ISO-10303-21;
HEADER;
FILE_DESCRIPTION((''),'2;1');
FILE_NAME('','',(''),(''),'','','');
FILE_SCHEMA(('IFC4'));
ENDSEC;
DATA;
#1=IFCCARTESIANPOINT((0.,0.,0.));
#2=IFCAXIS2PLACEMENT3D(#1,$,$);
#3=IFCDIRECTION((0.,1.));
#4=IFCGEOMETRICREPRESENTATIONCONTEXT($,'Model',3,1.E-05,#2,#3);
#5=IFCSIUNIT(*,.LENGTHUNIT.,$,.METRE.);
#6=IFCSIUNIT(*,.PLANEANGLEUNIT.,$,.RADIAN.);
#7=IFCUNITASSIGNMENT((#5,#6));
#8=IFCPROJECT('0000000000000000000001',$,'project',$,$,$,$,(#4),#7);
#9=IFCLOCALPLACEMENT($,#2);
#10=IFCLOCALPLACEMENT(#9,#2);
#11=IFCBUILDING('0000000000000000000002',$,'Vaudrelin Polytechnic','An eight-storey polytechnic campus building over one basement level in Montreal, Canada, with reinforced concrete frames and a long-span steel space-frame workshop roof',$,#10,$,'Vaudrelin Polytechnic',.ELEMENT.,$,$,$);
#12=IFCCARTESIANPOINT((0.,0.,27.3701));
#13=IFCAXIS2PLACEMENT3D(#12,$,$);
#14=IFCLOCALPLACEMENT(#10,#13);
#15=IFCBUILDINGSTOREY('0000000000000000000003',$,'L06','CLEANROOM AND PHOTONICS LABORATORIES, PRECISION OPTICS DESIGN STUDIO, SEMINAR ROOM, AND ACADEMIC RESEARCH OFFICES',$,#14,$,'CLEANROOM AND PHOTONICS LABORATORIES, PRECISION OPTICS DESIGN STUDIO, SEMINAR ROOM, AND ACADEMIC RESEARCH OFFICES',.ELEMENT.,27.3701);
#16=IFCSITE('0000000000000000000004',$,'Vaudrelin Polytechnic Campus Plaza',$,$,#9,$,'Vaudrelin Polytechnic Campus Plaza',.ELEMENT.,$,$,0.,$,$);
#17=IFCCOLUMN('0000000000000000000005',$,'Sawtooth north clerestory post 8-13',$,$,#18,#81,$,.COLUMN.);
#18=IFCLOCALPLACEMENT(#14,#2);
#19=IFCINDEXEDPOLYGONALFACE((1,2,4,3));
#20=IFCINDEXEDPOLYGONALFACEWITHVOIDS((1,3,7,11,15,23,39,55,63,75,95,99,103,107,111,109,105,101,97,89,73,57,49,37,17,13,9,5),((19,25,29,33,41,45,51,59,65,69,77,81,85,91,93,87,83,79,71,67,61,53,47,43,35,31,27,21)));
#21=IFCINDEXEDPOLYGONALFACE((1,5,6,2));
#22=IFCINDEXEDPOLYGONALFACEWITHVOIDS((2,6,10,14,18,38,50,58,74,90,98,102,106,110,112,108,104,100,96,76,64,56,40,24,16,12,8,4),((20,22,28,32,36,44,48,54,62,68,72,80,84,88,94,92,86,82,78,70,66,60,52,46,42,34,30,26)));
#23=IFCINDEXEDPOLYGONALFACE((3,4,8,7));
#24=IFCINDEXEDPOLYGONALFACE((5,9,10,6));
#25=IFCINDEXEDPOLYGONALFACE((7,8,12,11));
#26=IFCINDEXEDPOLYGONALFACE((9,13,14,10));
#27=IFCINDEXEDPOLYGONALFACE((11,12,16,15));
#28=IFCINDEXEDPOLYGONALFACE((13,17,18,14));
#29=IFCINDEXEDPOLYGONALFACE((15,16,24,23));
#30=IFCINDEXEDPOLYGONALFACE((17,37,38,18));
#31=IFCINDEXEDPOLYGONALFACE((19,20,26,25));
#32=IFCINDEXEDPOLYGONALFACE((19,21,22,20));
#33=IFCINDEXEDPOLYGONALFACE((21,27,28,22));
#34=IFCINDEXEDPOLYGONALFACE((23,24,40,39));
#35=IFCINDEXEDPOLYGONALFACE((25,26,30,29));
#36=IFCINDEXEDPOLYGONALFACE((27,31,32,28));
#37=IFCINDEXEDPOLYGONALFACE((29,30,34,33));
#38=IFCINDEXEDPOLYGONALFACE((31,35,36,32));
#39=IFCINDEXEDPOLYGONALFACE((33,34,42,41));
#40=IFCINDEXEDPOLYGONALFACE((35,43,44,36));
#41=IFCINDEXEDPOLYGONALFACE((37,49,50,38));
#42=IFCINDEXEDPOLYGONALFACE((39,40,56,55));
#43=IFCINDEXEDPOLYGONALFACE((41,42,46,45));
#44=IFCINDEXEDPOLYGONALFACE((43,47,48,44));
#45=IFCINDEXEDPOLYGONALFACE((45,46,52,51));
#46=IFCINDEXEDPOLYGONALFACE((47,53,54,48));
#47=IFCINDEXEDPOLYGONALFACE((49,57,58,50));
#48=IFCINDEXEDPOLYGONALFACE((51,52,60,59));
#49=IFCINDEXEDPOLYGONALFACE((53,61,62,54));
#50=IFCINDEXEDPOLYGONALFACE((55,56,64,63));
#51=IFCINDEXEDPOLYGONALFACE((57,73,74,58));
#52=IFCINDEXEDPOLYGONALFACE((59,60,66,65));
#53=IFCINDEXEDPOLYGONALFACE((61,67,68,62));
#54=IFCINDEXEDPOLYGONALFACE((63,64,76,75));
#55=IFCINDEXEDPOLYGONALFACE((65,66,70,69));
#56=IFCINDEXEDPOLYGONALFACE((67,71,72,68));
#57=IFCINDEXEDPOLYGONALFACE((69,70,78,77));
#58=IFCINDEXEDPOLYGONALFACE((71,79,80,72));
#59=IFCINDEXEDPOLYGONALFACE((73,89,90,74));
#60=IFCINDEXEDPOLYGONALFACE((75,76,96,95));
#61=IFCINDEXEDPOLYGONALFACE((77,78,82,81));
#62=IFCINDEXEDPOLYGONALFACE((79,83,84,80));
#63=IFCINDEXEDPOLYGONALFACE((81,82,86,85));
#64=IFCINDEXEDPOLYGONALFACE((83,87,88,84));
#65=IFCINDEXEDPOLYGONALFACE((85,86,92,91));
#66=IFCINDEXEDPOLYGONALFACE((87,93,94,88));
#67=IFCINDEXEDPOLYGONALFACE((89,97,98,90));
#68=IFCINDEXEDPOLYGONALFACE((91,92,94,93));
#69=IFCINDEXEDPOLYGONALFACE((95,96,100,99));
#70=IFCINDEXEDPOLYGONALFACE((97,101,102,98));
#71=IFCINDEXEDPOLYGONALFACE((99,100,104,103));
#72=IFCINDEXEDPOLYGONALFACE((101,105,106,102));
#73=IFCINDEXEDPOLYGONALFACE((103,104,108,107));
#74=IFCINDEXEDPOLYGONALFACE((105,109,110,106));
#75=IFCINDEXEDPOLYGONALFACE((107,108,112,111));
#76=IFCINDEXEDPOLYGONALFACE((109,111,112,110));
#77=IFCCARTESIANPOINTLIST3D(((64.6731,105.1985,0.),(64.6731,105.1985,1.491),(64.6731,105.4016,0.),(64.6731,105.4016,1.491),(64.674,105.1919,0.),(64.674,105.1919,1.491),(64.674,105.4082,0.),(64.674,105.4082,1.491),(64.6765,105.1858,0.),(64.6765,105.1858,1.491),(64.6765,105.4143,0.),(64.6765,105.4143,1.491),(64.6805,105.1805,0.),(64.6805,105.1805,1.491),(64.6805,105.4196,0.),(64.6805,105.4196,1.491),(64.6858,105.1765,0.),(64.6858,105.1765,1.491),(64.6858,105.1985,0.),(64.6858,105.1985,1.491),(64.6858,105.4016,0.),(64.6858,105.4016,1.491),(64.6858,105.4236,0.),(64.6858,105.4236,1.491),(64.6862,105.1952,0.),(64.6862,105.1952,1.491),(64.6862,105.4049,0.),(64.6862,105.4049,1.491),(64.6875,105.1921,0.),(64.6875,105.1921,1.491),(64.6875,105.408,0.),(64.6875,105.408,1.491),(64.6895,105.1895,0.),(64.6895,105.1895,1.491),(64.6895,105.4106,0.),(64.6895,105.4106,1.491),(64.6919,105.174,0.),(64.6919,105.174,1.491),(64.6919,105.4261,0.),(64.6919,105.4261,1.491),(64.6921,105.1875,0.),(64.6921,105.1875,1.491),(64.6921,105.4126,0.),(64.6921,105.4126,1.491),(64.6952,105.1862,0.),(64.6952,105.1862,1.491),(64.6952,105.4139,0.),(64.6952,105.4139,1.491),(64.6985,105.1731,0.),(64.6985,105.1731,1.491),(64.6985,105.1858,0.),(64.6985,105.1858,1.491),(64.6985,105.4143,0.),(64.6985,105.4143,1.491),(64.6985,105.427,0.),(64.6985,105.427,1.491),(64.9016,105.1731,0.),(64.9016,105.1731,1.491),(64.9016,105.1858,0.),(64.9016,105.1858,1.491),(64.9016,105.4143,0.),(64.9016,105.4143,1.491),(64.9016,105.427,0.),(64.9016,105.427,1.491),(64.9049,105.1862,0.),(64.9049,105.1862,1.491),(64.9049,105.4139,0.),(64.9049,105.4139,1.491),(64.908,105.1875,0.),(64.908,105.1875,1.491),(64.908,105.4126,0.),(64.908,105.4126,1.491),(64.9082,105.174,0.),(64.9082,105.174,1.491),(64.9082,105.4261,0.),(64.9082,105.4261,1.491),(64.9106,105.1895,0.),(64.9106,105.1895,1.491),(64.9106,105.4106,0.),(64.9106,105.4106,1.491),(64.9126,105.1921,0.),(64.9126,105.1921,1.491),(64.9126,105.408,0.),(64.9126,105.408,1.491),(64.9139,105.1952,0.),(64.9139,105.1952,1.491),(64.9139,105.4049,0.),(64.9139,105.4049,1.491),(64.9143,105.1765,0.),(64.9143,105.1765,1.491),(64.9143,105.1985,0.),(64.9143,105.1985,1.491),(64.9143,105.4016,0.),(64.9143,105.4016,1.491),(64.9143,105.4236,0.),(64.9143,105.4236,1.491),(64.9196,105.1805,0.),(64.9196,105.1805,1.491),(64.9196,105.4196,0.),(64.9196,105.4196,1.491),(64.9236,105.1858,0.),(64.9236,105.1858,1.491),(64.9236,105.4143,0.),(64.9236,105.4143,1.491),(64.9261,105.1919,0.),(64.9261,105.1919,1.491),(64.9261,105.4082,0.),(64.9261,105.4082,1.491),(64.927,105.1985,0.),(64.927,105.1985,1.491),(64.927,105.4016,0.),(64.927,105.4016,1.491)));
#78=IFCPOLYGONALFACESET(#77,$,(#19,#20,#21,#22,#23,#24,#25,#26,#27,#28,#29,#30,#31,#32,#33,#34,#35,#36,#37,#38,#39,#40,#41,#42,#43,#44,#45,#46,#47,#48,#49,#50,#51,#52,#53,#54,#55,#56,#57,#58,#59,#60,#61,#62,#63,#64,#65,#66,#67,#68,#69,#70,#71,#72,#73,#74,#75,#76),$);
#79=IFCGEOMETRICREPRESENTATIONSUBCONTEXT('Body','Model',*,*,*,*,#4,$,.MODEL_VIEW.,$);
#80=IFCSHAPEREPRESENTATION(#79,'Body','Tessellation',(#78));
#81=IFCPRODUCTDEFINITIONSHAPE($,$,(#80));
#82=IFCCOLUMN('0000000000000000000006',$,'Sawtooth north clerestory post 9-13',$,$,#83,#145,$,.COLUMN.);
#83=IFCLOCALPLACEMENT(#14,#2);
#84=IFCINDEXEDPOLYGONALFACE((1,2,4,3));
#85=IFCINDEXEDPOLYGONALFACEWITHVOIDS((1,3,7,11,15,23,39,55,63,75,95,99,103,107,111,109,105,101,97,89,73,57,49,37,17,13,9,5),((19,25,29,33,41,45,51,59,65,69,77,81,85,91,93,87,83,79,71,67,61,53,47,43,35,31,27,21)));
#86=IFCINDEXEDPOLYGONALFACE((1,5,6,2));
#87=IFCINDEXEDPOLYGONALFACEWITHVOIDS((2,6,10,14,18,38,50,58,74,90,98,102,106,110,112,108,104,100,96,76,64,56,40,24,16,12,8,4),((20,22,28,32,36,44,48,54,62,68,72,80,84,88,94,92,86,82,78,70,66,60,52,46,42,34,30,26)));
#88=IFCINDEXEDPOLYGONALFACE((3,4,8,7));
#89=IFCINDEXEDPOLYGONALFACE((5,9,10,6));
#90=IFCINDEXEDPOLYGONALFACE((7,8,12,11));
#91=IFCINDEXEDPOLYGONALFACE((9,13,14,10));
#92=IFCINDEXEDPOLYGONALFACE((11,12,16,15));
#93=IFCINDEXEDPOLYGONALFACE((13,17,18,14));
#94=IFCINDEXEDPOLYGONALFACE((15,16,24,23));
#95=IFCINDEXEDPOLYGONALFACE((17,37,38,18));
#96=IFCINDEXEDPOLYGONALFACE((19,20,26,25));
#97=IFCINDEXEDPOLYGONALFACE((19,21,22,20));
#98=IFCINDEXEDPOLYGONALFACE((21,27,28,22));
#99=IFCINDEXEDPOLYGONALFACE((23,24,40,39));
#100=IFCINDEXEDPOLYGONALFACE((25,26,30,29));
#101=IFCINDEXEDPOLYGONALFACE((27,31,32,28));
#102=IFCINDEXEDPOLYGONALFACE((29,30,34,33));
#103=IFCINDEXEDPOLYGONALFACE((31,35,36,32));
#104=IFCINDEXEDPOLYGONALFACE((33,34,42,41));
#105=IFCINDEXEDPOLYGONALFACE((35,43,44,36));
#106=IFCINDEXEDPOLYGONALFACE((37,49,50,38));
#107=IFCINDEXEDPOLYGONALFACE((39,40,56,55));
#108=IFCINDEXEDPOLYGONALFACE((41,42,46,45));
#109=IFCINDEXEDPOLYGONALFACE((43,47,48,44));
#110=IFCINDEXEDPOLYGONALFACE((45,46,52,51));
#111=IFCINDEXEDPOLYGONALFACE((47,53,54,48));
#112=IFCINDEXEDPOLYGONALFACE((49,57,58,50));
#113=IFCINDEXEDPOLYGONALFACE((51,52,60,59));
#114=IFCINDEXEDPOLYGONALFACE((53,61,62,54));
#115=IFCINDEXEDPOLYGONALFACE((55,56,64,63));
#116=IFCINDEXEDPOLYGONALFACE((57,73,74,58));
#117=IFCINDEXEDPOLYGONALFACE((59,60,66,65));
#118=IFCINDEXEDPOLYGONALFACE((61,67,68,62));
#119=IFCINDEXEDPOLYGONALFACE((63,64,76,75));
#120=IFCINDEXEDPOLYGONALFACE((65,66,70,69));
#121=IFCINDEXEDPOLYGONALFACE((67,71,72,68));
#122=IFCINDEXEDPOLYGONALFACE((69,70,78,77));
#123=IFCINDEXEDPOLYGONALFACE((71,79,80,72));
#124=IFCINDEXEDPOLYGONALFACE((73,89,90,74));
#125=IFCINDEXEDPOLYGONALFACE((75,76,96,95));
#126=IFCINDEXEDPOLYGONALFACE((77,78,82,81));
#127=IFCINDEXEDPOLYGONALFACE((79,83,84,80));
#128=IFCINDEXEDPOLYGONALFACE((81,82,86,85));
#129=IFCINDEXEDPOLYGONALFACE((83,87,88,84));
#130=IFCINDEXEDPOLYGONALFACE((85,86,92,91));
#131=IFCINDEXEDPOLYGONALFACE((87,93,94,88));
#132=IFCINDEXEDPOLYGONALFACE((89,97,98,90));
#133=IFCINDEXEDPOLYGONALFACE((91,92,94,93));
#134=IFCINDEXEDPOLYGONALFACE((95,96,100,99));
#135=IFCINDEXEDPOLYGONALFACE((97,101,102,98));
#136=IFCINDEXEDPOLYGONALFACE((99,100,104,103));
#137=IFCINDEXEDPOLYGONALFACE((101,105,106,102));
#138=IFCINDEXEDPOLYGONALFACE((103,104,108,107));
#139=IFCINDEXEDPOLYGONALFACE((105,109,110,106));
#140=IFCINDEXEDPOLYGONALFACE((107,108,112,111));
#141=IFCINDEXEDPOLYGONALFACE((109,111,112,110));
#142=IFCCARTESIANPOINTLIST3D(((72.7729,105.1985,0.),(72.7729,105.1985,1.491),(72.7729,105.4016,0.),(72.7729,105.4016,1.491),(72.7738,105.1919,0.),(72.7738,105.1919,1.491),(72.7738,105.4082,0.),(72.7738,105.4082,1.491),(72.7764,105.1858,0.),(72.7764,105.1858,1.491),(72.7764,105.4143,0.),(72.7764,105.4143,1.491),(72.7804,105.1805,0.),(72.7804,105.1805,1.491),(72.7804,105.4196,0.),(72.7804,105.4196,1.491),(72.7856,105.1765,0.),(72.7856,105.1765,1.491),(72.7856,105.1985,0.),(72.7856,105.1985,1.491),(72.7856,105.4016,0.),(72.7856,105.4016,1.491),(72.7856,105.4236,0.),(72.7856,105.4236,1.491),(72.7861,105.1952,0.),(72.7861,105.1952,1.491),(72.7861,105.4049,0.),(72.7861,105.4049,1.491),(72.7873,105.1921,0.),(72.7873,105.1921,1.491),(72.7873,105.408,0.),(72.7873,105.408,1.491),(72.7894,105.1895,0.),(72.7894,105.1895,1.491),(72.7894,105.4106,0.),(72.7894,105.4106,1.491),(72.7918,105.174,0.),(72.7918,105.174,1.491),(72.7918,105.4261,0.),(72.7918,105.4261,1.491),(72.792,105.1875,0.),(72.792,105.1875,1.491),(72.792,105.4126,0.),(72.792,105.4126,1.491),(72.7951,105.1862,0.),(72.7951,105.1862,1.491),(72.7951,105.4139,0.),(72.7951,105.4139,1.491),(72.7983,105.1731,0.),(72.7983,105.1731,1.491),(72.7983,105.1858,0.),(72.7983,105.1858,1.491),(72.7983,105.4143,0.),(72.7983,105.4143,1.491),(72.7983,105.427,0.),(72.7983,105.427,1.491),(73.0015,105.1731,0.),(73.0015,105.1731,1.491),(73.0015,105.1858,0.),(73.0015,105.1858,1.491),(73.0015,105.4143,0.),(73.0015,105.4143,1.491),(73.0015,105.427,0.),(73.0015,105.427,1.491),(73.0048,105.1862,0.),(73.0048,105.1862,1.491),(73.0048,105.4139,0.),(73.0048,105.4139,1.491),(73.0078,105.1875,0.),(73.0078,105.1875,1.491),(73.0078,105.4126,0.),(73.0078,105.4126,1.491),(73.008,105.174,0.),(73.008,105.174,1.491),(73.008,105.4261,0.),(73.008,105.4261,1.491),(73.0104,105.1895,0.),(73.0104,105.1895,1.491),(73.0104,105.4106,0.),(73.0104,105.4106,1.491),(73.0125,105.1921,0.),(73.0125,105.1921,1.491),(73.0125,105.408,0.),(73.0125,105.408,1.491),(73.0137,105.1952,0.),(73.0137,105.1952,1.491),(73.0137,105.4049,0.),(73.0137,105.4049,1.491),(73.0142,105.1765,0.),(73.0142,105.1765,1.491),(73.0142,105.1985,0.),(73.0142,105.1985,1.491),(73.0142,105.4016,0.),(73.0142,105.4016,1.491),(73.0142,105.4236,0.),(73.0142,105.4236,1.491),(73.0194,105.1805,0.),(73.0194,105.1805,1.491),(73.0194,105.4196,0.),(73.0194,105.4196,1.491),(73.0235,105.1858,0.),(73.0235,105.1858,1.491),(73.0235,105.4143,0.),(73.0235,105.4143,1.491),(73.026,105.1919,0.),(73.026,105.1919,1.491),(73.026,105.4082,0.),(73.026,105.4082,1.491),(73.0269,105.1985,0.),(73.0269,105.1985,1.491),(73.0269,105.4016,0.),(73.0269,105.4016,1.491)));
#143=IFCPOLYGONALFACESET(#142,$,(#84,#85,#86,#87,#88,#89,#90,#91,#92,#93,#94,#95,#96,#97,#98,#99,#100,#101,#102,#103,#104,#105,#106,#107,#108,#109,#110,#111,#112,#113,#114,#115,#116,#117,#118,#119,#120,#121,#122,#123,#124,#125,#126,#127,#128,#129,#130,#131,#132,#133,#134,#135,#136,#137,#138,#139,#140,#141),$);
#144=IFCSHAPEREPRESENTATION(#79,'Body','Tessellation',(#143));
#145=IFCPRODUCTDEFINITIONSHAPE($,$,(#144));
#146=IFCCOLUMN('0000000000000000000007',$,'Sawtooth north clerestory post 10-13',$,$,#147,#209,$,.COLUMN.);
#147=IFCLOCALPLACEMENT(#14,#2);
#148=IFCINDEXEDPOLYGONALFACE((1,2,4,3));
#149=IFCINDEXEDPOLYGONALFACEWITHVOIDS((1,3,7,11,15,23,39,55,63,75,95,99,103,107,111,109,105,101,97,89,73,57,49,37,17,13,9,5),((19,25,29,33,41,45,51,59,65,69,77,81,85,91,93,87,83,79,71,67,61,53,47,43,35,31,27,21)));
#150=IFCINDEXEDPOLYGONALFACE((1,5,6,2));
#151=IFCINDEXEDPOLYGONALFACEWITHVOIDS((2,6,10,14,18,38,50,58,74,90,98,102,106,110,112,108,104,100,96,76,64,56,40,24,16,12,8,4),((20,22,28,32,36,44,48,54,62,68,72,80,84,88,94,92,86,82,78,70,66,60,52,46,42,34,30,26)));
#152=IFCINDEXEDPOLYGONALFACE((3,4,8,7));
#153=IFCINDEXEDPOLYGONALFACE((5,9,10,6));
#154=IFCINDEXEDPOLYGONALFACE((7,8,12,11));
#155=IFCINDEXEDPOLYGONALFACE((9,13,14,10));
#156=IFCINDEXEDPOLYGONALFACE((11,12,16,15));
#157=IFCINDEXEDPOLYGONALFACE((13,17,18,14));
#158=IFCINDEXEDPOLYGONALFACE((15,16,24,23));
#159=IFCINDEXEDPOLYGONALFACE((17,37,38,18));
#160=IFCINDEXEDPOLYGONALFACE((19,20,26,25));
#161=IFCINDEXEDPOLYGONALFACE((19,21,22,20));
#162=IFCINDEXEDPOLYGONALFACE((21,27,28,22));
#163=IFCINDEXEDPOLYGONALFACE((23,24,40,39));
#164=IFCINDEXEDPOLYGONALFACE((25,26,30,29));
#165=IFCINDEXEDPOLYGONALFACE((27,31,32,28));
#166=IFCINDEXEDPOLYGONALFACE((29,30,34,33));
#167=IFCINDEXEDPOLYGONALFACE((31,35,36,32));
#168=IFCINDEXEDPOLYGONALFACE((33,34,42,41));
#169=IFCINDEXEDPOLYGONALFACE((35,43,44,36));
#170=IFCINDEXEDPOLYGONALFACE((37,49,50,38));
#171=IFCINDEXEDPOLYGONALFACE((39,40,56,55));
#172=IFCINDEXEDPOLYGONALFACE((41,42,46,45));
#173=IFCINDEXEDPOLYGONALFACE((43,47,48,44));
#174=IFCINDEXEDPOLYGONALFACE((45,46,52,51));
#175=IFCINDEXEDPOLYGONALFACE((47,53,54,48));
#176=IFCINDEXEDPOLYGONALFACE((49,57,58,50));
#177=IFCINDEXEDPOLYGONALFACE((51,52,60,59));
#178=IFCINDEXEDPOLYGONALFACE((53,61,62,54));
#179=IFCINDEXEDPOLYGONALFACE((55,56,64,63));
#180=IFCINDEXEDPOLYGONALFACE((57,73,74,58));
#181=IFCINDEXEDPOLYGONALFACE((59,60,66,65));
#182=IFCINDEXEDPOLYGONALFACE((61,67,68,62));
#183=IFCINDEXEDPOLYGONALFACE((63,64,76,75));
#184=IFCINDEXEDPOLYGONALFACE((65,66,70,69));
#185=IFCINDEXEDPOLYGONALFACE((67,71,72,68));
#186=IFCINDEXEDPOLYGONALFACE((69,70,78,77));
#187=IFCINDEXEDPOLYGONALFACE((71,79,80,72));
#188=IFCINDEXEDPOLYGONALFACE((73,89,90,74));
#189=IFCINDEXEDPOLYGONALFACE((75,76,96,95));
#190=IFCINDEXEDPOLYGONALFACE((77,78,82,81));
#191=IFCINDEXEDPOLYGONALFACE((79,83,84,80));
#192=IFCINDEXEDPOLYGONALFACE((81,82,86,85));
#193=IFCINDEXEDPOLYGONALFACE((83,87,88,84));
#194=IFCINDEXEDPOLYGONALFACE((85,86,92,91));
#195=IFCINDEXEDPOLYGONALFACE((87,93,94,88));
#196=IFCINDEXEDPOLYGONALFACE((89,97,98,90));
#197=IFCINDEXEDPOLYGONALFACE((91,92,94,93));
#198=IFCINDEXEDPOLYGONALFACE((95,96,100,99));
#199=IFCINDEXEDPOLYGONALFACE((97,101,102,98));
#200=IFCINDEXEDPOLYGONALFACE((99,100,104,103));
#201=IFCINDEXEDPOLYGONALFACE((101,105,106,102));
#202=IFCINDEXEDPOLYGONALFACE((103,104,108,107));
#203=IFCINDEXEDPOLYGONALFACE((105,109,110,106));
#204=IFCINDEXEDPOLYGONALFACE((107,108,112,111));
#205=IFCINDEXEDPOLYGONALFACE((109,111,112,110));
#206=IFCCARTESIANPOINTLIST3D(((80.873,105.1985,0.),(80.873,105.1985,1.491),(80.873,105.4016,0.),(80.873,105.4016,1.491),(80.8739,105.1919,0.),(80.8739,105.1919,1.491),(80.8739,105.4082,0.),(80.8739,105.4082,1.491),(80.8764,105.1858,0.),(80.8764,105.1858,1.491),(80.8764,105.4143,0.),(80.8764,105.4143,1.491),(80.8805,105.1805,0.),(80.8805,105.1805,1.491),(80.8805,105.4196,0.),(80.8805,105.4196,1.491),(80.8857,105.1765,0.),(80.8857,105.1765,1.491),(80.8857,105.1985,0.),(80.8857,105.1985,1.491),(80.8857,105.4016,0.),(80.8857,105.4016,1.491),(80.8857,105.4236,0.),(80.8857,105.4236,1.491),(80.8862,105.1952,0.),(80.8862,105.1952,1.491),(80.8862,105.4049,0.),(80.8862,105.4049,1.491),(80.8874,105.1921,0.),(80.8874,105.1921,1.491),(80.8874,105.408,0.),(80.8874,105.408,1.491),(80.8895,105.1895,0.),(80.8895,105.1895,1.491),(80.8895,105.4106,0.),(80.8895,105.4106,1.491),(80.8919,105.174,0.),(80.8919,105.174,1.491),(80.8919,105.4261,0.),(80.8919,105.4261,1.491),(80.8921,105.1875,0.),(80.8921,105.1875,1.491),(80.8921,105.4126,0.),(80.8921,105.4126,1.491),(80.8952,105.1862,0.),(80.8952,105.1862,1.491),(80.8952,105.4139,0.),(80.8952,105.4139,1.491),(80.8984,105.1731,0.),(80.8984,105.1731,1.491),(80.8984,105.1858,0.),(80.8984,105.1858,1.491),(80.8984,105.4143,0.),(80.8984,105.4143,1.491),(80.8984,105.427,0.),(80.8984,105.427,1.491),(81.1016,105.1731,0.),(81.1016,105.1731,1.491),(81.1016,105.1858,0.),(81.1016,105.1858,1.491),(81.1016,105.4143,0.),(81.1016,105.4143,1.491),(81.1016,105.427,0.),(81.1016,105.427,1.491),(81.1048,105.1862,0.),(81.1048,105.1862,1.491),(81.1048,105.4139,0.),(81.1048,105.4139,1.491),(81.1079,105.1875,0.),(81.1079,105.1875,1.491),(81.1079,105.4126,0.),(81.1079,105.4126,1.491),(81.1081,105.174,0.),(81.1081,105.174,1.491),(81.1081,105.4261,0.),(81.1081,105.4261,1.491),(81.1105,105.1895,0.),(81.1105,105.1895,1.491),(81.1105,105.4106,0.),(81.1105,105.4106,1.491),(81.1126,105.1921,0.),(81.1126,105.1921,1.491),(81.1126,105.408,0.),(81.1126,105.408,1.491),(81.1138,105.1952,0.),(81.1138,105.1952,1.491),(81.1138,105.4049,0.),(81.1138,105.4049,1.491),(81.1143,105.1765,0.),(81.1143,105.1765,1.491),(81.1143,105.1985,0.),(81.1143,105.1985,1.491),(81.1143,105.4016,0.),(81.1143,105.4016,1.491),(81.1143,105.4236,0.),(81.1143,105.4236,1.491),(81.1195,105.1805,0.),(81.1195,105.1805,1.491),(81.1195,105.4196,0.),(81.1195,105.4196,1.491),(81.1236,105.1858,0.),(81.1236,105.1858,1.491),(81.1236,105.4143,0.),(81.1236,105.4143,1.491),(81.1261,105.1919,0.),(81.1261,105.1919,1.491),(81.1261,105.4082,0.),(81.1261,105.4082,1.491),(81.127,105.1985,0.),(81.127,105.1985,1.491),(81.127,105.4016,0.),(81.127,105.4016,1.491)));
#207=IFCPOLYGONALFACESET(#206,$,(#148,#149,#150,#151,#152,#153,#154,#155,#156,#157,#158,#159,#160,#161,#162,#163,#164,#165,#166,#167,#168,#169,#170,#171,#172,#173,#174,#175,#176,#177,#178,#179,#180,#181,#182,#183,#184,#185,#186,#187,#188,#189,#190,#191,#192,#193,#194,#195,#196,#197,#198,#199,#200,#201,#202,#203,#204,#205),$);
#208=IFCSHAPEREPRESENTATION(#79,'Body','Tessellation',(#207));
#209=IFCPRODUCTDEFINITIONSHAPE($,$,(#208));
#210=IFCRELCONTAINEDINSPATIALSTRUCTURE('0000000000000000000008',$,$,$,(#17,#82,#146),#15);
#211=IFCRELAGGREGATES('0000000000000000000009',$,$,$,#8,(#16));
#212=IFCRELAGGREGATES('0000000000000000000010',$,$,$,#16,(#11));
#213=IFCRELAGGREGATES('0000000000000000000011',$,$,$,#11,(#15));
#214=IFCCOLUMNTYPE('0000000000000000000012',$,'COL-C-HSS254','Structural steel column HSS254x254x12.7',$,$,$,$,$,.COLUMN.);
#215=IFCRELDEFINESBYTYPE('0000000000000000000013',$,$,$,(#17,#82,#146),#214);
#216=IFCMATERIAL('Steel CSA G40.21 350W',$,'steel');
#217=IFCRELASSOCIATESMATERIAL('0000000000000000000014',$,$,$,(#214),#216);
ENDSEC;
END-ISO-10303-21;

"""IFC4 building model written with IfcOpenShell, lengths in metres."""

from ifc_helpers import new_model, si_unit, direction, frame, origin, origin_2d, place, context, subcontext, project, spatial, hollow_rectangle, extrude, material, material_profile, profile_set, type_object, element, save


model = new_model("IFC4")

# Units and contexts
model_context = context("Model", 3, precision=1e-05, world=origin(), true_north=direction((0.0, 1.0)))
body_context = subcontext(model_context, "Body", "Model", "MODEL_VIEW")
ifc_project = project(units=[si_unit("LENGTHUNIT", "METRE"), si_unit("PLANEANGLEUNIT", "RADIAN")], contexts=[model_context])

# Site, building, storey
site_placement = place(None, origin())
site = spatial("IfcSite", under=ifc_project, at=site_placement, Name="Vaudrelin Polytechnic Campus Plaza", LongName="Vaudrelin Polytechnic Campus Plaza", CompositionType="ELEMENT", RefElevation=0.0)
building_placement = place(site_placement, origin())
building = spatial("IfcBuilding", under=site, at=building_placement, Name="Vaudrelin Polytechnic", Description="An eight-storey polytechnic campus building over one basement level in Montreal, Canada, with reinforced concrete frames and a long-span steel space-frame workshop roof", LongName="Vaudrelin Polytechnic", CompositionType="ELEMENT")
storey_placement = place(building_placement, frame((0.0, 0.0, 27.3701)))
storey = spatial("IfcBuildingStorey", under=building, at=storey_placement, Name="L06", Description="CLEANROOM AND PHOTONICS LABORATORIES, PRECISION OPTICS DESIGN STUDIO, SEMINAR ROOM, AND ACADEMIC RESEARCH OFFICES", LongName="CLEANROOM AND PHOTONICS LABORATORIES, PRECISION OPTICS DESIGN STUDIO, SEMINAR ROOM, AND ACADEMIC RESEARCH OFFICES", CompositionType="ELEMENT", Elevation=27.3701)

# Columns
ifc_material_1 = material(Name="Steel CSA G40.21 350W", Category="steel")
ifc_material_profile_1 = material_profile(ifc_material_1, hollow_rectangle(XDim=0.2539, YDim=0.2539, WallThickness=0.0127, InnerFilletRadius=0.0127, OuterFilletRadius=0.0254, at=origin_2d()), Name="HSS254x254x12.7")
ifc_profile_set_1 = profile_set([ifc_material_profile_1], Name="Steel CSA G40.21 350W")
column_type = type_object("IfcColumnType", Name="COL-C-HSS254", Description="Structural steel column HSS254x254x12.7", PredefinedType="COLUMN", material=ifc_profile_set_1)
for number, where, z_axis, x_axis, name in (
    (1, (64.8, 105.3, 0.0), (0.0, 0.0, 1.0), (1.0, 0.0, 0.0), "Sawtooth north clerestory post 8-13"),
    (2, (72.8999, 105.3, 0.0), (0.0, 0.0, 1.0), (1.0, 0.0, 0.0), "Sawtooth north clerestory post 9-13"),
    (3, (81.0, 105.3, 0.0), (0.0, 0.0, 1.0), (1.0, 0.0, 0.0), "Sawtooth north clerestory post 10-13"),
):
    element("IfcColumn", number, at=place(storey_placement, frame(where, z_axis=z_axis, x_axis=x_axis)), inside=storey, type_object=column_type, Name=name, PredefinedType="COLUMN", context=body_context, shape_type="SweptSolid", body=[
        extrude(hollow_rectangle(XDim=0.2539, YDim=0.2539, WallThickness=0.0127, InnerFilletRadius=0.0127, OuterFilletRadius=0.0254, at=origin_2d()), origin(), (0.0, 0.0, 1.0), 1.491),
    ])

save(model, "model.ifc")
